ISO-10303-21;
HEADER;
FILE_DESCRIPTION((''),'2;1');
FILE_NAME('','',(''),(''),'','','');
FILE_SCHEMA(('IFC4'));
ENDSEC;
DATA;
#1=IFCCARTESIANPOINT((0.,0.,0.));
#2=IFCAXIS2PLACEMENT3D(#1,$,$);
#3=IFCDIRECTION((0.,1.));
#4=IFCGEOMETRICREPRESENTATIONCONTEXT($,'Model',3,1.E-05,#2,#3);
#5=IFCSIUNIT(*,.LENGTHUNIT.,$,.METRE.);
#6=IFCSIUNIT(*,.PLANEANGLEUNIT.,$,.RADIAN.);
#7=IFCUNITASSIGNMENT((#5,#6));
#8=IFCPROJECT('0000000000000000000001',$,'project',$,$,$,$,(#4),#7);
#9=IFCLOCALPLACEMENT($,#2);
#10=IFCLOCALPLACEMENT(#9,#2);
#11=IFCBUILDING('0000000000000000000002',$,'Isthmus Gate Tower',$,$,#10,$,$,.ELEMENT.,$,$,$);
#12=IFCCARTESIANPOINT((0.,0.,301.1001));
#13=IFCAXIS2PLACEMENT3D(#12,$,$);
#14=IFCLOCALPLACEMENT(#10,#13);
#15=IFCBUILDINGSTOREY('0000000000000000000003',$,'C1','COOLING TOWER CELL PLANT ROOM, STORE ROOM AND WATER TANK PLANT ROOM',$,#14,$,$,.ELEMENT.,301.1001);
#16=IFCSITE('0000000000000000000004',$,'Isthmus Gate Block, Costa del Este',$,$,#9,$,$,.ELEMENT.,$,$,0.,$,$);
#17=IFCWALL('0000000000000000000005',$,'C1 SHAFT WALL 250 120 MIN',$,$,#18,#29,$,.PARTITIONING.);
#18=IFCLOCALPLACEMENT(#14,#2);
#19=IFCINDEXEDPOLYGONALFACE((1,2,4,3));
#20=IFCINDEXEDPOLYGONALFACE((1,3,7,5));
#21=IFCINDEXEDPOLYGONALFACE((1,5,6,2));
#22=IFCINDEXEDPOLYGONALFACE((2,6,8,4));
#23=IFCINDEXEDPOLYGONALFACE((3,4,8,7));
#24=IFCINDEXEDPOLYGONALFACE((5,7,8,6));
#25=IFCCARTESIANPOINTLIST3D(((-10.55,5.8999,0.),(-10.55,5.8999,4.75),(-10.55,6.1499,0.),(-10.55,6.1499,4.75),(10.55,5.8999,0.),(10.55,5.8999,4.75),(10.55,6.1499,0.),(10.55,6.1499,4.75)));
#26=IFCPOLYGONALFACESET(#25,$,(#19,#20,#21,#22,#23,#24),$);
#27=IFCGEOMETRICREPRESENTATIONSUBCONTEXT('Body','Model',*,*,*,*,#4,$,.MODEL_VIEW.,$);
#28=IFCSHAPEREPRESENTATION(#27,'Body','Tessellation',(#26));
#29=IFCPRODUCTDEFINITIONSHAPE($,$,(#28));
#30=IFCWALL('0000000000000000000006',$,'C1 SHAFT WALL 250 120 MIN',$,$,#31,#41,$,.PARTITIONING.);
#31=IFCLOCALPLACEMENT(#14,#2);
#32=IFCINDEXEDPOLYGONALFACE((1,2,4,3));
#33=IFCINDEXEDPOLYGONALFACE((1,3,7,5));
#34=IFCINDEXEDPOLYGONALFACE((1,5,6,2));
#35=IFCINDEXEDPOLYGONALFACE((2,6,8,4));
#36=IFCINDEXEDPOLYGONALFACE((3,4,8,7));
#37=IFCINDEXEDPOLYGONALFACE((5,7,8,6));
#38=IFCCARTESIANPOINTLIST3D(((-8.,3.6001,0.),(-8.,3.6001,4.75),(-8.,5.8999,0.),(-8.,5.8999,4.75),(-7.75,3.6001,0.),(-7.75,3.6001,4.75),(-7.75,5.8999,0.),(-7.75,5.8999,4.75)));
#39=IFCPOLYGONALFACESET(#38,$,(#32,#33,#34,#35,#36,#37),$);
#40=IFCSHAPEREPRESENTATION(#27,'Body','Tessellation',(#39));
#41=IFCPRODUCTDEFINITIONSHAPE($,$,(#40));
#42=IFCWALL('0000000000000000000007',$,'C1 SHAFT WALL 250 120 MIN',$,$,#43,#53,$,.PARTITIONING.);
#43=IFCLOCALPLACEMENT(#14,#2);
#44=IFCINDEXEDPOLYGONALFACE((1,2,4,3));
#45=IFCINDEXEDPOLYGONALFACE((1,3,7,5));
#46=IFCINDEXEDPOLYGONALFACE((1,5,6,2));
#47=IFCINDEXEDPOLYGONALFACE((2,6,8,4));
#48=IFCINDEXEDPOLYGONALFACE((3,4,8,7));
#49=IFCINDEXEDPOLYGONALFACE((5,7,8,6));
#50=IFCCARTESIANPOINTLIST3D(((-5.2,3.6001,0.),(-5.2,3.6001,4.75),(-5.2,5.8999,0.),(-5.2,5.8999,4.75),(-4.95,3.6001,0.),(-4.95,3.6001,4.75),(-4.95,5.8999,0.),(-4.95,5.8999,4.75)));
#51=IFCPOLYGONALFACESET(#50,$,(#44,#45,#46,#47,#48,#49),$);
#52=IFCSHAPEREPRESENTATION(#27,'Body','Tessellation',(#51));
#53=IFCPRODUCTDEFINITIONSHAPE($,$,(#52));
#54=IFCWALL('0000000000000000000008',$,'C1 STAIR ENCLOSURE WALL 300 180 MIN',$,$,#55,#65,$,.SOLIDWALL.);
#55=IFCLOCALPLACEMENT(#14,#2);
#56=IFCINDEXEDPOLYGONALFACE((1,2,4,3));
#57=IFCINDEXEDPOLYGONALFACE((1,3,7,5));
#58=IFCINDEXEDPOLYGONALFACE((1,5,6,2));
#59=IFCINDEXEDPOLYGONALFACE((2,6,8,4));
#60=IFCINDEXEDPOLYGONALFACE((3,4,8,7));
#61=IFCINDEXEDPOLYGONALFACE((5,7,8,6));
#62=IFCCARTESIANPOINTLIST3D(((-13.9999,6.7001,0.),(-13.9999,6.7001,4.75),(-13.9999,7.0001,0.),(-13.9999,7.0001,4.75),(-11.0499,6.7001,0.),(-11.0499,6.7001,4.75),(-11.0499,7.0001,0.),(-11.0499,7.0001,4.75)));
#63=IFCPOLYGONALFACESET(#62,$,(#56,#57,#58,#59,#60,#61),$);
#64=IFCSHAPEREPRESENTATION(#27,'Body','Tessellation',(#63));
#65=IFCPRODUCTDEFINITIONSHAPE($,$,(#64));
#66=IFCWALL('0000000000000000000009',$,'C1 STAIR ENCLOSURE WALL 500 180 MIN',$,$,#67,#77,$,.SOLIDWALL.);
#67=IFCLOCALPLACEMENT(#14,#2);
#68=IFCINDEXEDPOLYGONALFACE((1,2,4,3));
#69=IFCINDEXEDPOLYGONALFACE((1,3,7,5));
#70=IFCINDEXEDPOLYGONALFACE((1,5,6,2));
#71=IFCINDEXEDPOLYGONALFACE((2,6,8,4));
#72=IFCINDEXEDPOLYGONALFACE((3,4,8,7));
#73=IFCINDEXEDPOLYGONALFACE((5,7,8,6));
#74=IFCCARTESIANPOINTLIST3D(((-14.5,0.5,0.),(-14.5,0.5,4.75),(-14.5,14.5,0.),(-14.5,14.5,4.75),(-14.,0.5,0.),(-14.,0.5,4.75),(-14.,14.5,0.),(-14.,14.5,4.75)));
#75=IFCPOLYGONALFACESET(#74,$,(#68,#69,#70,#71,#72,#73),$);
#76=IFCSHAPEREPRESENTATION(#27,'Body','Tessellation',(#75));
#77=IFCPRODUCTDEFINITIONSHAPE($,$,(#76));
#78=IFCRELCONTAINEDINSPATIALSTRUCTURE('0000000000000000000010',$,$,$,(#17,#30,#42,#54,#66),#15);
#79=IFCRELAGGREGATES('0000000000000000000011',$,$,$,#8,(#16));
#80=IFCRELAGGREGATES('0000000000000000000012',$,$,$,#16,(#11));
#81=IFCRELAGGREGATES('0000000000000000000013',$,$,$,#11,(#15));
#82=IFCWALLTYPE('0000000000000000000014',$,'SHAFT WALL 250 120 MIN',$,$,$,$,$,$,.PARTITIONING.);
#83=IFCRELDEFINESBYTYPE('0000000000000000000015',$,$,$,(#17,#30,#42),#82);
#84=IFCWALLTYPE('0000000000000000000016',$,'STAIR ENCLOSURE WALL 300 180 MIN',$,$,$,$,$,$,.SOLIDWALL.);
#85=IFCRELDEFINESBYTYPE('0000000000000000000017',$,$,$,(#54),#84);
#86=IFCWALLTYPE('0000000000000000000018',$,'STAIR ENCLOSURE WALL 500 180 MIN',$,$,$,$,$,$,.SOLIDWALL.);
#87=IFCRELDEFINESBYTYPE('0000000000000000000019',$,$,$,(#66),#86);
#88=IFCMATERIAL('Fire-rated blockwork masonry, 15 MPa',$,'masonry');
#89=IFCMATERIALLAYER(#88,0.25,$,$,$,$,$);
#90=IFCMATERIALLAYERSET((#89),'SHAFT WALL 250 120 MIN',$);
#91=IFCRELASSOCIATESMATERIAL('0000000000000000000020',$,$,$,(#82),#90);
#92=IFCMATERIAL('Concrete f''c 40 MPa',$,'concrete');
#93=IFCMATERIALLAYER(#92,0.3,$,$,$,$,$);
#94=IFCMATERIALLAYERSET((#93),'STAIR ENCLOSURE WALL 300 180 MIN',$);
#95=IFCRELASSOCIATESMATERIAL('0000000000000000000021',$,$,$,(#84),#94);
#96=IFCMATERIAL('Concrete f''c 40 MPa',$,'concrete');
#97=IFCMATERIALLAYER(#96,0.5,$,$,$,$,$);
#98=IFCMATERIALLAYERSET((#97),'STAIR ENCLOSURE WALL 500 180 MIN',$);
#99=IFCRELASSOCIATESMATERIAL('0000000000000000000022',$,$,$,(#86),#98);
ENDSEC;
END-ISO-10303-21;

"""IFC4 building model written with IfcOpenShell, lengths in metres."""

from ifc_helpers import new_model, si_unit, direction, frame, frame_2d, origin, place, context, subcontext, project, spatial, rectangle, extrude, material, layer, layer_set, type_object, element, save


model = new_model("IFC4")

# Units and contexts
model_context = context("Model", 3, precision=1e-05, world=origin(), true_north=direction((0.0, 1.0)))
body_context = subcontext(model_context, "Body", "Model", "MODEL_VIEW")
ifc_project = project(units=[si_unit("LENGTHUNIT", "METRE"), si_unit("PLANEANGLEUNIT", "RADIAN")], contexts=[model_context])

# Site, building, storey
site_placement = place(None, origin())
site = spatial("IfcSite", under=ifc_project, at=site_placement, Name="Isthmus Gate Block, Costa del Este", CompositionType="ELEMENT", RefElevation=0.0)
building_placement = place(site_placement, origin())
building = spatial("IfcBuilding", under=site, at=building_placement, Name="Isthmus Gate Tower", CompositionType="ELEMENT")
storey_placement = place(building_placement, frame((0.0, 0.0, 301.1001)))
storey = spatial("IfcBuildingStorey", under=building, at=storey_placement, Name="C1", Description="COOLING TOWER CELL PLANT ROOM, STORE ROOM AND WATER TANK PLANT ROOM", CompositionType="ELEMENT", Elevation=301.1001)

# Walls
ifc_material_1 = material(Name="Fire-rated blockwork masonry, 15 MPa", Category="masonry")
ifc_layer_1 = layer(ifc_material_1, 0.25)
ifc_layer_set_1 = layer_set([ifc_layer_1], Name="SHAFT WALL 250 120 MIN")
wall_type_1 = type_object("IfcWallType", Name="SHAFT WALL 250 120 MIN", PredefinedType="PARTITIONING", material=ifc_layer_set_1)
wall_1_placement = place(storey_placement, frame((-10.55, 6.0249, 0.0), z_axis=(0.0, 0.0, 1.0), x_axis=(1.0, 0.0, 0.0)))
element("IfcWall", 1, at=wall_1_placement, inside=storey, type_object=wall_type_1, Name="C1 SHAFT WALL 250 120 MIN", PredefinedType="PARTITIONING", context=body_context, shape_type="SweptSolid", body=[
    extrude(rectangle(XDim=21.1001, YDim=0.25, at=frame_2d((10.55, 0.0))), origin(), (0.0, 0.0, 1.0), 4.75),
])
for number, where, z_axis, x_axis, name in (
    (2, (-7.875, 3.6001, 0.0), (0.0, 0.0, 1.0), (0.0, 1.0, 0.0), "C1 SHAFT WALL 250 120 MIN"),
    (3, (-5.075, 3.6001, 0.0), (0.0, 0.0, 1.0), (0.0, 1.0, 0.0), "C1 SHAFT WALL 250 120 MIN"),
):
    element("IfcWall", number, at=place(storey_placement, frame(where, z_axis=z_axis, x_axis=x_axis)), inside=storey, type_object=wall_type_1, Name=name, PredefinedType="PARTITIONING", context=body_context, shape_type="SweptSolid", body=[
        extrude(rectangle(XDim=2.2998, YDim=0.25, at=frame_2d((1.1499, 0.0))), origin(), (0.0, 0.0, 1.0), 4.75),
    ])
ifc_material_2 = material(Name="Concrete f'c 40 MPa", Category="concrete")
ifc_layer_2 = layer(ifc_material_2, 0.3)
ifc_layer_set_2 = layer_set([ifc_layer_2], Name="STAIR ENCLOSURE WALL 300 180 MIN")
wall_type_2 = type_object("IfcWallType", Name="STAIR ENCLOSURE WALL 300 180 MIN", PredefinedType="SOLIDWALL", material=ifc_layer_set_2)
wall_2_placement = place(storey_placement, frame((-14.0, 6.8501, 0.0), z_axis=(0.0, 0.0, 1.0), x_axis=(1.0, 0.0, 0.0)))
element("IfcWall", 4, at=wall_2_placement, inside=storey, type_object=wall_type_2, Name="C1 STAIR ENCLOSURE WALL 300 180 MIN", PredefinedType="SOLIDWALL", context=body_context, shape_type="SweptSolid", body=[
    extrude(rectangle(XDim=2.95, YDim=0.3, at=frame_2d((1.4751, 0.0))), origin(), (0.0, 0.0, 1.0), 4.75),
])
ifc_material_3 = material(Name="Concrete f'c 40 MPa", Category="concrete")
ifc_layer_3 = layer(ifc_material_3, 0.5)
ifc_layer_set_3 = layer_set([ifc_layer_3], Name="STAIR ENCLOSURE WALL 500 180 MIN")
wall_type_3 = type_object("IfcWallType", Name="STAIR ENCLOSURE WALL 500 180 MIN", PredefinedType="SOLIDWALL", material=ifc_layer_set_3)
wall_3_placement = place(storey_placement, frame((-14.25, 0.5, 0.0), z_axis=(0.0, 0.0, 1.0), x_axis=(0.0, 1.0, 0.0)))
element("IfcWall", 5, at=wall_3_placement, inside=storey, type_object=wall_type_3, Name="C1 STAIR ENCLOSURE WALL 500 180 MIN", PredefinedType="SOLIDWALL", context=body_context, shape_type="SweptSolid", body=[
    extrude(rectangle(XDim=14.0, YDim=0.5, at=frame_2d((7.0, 0.0))), origin(), (0.0, 0.0, 1.0), 4.75),
])

save(model, "model.ifc")
